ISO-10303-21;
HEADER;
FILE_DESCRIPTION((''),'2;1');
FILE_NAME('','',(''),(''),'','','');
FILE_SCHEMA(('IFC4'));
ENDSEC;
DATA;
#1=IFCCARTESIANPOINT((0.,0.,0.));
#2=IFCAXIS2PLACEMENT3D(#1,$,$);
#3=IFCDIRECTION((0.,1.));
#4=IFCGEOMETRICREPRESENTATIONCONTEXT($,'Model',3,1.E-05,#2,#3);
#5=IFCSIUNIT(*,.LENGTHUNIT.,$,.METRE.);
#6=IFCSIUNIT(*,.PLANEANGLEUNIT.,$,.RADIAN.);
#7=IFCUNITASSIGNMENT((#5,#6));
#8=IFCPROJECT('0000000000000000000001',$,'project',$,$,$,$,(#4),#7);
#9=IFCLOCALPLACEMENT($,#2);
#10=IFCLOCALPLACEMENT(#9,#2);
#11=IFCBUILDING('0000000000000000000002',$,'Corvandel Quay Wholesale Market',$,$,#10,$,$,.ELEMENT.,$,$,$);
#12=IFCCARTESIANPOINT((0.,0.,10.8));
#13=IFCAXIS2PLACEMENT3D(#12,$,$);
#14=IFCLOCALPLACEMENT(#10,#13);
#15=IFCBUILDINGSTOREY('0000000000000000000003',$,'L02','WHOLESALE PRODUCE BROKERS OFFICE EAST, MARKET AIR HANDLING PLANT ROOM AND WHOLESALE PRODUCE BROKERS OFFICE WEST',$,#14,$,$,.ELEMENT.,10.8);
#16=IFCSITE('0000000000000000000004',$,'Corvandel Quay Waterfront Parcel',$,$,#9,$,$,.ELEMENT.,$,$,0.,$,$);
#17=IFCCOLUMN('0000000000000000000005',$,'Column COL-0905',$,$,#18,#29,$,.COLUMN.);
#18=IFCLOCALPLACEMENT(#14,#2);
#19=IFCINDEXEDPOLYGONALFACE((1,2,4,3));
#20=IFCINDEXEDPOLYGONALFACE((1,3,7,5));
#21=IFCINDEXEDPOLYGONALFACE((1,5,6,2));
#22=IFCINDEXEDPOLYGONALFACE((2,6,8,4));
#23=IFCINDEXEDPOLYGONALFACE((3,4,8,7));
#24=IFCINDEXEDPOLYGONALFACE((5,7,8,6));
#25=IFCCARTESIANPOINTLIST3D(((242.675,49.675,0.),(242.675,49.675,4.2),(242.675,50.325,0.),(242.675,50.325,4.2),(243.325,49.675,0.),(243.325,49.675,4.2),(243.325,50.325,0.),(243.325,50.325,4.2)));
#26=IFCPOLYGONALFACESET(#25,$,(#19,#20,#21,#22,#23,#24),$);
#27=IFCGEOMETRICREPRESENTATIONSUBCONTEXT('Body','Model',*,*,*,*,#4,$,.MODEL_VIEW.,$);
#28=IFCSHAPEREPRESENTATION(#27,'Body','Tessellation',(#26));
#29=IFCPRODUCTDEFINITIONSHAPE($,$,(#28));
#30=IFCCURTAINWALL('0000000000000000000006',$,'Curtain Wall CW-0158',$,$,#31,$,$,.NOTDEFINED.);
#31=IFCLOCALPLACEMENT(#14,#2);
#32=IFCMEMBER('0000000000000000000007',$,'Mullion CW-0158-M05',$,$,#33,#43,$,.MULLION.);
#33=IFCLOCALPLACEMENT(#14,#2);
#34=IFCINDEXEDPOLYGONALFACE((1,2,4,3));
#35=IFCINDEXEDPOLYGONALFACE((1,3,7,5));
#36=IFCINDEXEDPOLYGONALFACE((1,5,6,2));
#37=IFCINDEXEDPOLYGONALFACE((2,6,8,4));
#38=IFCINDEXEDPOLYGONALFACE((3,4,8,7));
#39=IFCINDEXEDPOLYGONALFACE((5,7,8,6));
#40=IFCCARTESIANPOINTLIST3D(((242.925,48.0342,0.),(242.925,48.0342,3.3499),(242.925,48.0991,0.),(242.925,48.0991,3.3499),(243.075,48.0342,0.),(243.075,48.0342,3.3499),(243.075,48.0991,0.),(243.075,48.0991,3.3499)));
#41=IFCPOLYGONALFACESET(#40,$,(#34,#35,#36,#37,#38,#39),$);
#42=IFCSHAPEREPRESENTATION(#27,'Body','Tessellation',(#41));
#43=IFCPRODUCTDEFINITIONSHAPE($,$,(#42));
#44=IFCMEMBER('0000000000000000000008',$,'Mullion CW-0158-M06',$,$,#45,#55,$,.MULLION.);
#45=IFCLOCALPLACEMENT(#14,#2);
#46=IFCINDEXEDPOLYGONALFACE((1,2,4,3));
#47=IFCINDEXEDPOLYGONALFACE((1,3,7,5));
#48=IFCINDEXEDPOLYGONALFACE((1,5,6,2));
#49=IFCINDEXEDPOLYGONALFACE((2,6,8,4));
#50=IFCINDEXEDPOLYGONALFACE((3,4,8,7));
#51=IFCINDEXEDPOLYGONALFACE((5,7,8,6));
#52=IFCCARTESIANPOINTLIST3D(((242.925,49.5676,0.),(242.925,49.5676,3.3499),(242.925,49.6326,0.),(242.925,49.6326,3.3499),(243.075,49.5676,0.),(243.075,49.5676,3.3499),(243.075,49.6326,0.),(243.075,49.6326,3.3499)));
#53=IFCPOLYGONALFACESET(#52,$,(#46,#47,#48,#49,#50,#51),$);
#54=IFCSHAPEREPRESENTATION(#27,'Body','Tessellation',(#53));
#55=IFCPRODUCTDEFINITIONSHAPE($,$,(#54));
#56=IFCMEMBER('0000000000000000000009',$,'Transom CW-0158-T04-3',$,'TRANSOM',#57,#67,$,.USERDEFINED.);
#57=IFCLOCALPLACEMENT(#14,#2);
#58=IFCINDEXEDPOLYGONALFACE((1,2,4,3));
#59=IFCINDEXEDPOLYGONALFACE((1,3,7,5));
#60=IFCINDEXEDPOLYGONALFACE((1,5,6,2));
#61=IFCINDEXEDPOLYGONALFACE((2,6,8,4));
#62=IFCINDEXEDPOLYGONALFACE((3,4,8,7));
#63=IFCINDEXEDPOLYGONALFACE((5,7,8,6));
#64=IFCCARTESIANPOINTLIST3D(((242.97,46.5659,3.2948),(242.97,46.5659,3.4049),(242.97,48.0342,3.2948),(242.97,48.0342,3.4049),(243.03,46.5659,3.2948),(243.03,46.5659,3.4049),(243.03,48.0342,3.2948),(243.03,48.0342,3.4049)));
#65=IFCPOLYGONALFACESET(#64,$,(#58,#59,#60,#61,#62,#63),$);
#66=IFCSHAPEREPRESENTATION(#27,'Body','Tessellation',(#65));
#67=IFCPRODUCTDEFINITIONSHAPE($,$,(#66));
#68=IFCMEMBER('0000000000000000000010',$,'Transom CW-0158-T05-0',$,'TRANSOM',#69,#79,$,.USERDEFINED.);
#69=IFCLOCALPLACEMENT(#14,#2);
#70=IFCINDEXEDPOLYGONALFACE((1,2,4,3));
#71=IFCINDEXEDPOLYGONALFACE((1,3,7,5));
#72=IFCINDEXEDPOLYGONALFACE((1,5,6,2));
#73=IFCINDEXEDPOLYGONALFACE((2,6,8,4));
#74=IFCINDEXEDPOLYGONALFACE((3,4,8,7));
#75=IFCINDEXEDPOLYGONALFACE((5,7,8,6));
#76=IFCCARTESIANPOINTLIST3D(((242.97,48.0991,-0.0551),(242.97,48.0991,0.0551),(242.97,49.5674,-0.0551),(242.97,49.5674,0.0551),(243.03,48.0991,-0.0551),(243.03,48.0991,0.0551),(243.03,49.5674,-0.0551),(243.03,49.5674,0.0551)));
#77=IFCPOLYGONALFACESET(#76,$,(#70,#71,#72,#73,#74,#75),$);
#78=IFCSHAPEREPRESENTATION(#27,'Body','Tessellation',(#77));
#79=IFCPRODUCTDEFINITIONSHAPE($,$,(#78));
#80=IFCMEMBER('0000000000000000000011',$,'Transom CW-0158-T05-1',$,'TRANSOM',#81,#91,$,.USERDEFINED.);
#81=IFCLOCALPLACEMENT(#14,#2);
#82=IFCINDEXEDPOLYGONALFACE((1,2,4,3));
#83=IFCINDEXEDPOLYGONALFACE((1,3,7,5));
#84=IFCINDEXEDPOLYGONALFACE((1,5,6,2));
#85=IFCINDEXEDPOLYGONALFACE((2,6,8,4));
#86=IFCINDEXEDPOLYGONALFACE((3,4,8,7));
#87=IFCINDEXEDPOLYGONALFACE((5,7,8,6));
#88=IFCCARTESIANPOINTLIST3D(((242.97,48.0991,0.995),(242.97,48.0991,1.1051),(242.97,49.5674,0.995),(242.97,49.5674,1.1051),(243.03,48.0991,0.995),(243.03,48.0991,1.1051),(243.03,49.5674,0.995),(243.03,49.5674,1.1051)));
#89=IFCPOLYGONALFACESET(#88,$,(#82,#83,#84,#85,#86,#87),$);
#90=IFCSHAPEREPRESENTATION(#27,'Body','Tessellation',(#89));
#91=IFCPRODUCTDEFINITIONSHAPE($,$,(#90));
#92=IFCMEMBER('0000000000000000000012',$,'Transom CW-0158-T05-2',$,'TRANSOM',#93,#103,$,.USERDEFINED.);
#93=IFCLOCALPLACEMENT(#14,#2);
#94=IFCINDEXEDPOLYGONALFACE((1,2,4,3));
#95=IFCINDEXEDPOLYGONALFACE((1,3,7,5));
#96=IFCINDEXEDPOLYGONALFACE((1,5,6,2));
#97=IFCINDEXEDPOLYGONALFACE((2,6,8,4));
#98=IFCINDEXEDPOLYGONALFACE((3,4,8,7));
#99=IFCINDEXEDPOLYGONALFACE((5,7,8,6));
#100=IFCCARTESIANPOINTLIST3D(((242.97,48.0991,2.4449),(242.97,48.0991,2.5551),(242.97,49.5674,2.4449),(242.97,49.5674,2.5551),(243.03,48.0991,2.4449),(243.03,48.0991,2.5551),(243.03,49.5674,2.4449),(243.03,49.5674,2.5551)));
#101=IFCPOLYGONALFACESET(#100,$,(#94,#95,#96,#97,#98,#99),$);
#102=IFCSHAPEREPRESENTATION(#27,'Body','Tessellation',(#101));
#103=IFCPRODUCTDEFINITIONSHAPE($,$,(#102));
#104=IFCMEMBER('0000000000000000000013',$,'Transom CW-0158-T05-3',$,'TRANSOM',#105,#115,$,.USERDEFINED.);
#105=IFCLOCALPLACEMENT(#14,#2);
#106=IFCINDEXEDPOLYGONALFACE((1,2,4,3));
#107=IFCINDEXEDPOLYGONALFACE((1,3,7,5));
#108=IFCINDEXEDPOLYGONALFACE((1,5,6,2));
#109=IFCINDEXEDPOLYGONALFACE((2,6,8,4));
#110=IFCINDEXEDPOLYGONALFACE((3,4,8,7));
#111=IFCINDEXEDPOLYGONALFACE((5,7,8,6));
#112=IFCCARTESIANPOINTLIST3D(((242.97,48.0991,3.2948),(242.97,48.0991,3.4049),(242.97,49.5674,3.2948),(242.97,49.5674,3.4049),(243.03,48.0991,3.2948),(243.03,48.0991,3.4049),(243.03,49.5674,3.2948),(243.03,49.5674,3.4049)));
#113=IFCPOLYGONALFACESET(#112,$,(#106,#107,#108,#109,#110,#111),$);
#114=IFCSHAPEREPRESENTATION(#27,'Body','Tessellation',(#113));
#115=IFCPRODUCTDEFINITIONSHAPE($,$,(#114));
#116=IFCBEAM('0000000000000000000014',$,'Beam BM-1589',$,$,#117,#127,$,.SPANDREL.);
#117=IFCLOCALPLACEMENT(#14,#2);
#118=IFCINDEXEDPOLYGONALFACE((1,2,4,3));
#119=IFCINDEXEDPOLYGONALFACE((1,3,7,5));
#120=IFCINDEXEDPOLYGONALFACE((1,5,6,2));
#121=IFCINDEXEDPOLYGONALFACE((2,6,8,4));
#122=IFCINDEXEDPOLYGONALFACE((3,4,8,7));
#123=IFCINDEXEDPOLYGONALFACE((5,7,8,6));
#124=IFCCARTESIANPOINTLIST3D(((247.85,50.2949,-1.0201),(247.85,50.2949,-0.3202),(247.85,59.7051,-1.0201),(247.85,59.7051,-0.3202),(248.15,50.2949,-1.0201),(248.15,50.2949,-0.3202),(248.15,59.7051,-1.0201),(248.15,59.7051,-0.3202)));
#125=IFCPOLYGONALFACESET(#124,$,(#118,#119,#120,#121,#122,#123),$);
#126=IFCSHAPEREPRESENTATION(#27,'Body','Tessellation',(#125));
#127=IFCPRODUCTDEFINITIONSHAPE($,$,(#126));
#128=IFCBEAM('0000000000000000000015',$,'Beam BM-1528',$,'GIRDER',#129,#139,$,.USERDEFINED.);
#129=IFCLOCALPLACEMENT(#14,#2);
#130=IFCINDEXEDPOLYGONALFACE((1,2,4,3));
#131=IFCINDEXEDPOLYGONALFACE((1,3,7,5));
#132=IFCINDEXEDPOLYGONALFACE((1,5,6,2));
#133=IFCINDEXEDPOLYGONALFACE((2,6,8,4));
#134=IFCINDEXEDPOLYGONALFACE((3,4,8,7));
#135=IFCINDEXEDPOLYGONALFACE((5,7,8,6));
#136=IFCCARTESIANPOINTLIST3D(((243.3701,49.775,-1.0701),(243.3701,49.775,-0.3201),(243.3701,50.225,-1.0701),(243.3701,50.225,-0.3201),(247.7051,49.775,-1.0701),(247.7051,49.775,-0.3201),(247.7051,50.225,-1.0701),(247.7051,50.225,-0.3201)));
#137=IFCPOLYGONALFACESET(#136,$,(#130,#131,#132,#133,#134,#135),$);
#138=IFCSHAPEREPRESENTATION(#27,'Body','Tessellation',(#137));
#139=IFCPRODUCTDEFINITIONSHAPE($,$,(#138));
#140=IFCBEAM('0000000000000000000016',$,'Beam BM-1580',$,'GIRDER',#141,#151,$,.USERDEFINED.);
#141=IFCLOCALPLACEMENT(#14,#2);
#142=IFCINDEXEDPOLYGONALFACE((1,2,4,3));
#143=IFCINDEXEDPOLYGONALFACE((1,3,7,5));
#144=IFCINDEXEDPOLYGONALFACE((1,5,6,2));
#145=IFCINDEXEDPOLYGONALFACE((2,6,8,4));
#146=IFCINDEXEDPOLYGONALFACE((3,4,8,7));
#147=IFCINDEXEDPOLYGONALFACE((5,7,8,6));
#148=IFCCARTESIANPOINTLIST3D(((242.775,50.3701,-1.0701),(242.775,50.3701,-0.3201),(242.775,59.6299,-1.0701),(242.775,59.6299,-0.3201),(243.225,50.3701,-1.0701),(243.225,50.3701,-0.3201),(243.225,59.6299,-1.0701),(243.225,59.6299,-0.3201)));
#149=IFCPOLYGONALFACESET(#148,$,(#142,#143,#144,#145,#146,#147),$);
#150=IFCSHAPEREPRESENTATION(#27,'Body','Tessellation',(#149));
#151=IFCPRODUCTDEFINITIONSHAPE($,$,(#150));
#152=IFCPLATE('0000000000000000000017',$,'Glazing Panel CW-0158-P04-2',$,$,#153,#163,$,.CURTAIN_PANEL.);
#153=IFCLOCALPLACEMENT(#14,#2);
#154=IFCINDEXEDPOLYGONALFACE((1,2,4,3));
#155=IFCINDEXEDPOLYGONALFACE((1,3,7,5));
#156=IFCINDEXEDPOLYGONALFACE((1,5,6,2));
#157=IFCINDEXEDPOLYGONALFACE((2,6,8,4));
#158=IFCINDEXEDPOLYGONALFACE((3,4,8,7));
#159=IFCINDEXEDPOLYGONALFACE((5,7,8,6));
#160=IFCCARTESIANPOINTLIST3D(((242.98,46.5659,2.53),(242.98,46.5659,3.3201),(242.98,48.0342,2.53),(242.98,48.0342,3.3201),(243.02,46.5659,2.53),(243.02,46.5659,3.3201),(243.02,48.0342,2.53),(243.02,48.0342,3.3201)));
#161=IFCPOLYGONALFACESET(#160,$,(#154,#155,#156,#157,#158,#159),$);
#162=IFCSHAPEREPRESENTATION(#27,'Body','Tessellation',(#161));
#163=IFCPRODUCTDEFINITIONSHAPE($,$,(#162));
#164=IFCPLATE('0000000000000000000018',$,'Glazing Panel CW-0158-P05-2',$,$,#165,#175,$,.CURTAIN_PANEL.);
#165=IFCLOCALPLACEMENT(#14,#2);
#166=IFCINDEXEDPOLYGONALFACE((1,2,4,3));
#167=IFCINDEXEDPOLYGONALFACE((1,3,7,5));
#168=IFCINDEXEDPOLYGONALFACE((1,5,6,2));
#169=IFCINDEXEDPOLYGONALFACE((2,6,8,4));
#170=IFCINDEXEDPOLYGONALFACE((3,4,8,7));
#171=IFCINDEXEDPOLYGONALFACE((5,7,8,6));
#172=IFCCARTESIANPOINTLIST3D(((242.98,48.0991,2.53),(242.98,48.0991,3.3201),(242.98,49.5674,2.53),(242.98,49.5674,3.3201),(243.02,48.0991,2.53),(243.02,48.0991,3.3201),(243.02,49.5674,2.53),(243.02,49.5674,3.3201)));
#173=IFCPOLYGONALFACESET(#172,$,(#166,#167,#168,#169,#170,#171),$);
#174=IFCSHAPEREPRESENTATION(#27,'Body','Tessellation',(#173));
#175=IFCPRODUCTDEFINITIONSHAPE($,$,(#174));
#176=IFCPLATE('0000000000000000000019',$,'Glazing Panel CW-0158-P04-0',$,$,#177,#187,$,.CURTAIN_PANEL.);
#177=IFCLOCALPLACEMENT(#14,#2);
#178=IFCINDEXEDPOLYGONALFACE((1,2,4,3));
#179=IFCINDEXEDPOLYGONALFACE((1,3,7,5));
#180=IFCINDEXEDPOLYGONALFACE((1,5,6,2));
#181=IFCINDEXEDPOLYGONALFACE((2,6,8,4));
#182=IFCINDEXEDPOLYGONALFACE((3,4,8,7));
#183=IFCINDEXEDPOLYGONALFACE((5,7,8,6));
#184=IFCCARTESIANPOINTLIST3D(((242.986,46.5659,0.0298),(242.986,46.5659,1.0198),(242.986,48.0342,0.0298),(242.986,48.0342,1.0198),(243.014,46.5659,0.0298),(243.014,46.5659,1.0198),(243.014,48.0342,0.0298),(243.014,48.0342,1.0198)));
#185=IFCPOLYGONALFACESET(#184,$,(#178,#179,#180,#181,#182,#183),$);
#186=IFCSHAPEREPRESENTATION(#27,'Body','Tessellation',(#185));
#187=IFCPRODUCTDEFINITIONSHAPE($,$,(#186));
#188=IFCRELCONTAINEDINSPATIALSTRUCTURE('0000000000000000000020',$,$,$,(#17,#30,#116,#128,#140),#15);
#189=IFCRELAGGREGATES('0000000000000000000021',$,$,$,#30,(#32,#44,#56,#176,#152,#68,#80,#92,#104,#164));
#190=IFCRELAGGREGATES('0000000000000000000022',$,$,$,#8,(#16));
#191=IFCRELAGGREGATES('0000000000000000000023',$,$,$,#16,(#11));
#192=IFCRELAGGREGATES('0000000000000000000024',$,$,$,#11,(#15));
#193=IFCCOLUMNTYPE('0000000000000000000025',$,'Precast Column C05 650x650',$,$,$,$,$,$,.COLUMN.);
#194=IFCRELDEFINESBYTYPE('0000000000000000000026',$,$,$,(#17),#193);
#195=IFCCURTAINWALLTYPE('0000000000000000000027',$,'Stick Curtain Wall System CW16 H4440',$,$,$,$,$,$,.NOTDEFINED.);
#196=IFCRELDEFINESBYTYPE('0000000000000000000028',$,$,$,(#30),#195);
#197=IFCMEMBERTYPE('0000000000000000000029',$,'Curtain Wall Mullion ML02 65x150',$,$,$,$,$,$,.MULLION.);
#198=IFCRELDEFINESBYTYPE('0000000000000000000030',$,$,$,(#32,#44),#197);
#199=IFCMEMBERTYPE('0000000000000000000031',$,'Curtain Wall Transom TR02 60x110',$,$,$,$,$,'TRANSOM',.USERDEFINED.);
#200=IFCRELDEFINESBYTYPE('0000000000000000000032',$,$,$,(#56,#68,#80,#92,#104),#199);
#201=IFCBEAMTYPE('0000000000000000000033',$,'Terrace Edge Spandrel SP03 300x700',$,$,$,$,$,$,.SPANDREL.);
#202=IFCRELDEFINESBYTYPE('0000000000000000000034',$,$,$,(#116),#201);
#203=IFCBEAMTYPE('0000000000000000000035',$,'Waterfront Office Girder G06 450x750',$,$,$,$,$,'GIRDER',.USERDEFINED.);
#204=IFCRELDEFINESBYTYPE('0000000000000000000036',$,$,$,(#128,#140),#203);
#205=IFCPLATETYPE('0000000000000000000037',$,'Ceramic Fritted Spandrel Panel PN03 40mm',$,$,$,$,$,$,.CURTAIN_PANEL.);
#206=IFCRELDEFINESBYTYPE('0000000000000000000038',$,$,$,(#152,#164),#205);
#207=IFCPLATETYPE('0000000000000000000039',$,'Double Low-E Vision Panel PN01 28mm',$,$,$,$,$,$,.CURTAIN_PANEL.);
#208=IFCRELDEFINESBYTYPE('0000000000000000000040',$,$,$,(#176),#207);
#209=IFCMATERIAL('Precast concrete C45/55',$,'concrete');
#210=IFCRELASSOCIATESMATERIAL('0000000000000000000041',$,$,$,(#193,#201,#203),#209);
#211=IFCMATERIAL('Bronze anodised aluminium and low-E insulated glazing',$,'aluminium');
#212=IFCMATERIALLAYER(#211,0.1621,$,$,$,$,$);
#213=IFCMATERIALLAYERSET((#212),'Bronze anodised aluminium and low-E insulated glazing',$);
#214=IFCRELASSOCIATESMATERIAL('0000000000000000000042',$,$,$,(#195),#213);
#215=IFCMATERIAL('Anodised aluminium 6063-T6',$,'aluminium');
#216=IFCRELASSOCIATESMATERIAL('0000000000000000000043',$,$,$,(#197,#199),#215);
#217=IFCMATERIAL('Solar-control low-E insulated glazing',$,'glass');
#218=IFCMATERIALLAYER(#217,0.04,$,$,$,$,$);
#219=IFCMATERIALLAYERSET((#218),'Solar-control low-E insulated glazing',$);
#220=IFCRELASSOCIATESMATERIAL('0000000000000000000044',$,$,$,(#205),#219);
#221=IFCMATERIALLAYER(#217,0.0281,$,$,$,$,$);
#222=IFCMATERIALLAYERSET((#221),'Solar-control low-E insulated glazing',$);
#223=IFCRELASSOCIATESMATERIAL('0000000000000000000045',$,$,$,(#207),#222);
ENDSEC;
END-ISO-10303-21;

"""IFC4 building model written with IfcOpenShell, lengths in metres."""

from ifc_helpers import new_model, si_unit, direction, frame, origin, origin_2d, place, context, subcontext, project, spatial, rectangle, extrude, material, layer, layer_set, material_profile, profile_set, type_object, element, aggregate, save


model = new_model("IFC4")

# Units and contexts
model_context = context("Model", 3, precision=1e-05, world=origin(), true_north=direction((0.0, 1.0)))
body_context = subcontext(model_context, "Body", "Model", "MODEL_VIEW")
ifc_project = project(units=[si_unit("LENGTHUNIT", "METRE"), si_unit("PLANEANGLEUNIT", "RADIAN")], contexts=[model_context])

# Site, building, storey
site_placement = place(None, origin())
site = spatial("IfcSite", under=ifc_project, at=site_placement, Name="Corvandel Quay Waterfront Parcel", CompositionType="ELEMENT", RefElevation=0.0)
building_placement = place(site_placement, origin())
building = spatial("IfcBuilding", under=site, at=building_placement, Name="Corvandel Quay Wholesale Market", CompositionType="ELEMENT")
storey_placement = place(building_placement, frame((0.0, 0.0, 10.8)))
storey = spatial("IfcBuildingStorey", under=building, at=storey_placement, Name="L02", Description="WHOLESALE PRODUCE BROKERS OFFICE EAST, MARKET AIR HANDLING PLANT ROOM AND WHOLESALE PRODUCE BROKERS OFFICE WEST", CompositionType="ELEMENT", Elevation=10.8)

# Column
ifc_material_1 = material(Name="Precast concrete C45/55", Category="concrete")
ifc_material_profile_1 = material_profile(ifc_material_1, rectangle(XDim=0.6499, YDim=0.6499, at=origin_2d()), Name="PC-COL-650x650")
ifc_profile_set_1 = profile_set([ifc_material_profile_1], Name="Precast concrete C45/55")
column_type = type_object("IfcColumnType", Name="Precast Column C05 650x650", PredefinedType="COLUMN", material=ifc_profile_set_1)
column_placement = place(storey_placement, frame((243.0, 50.0, 0.0), z_axis=(0.0, 0.0, 1.0), x_axis=(1.0, 0.0, 0.0)))
element("IfcColumn", 1, at=column_placement, inside=storey, type_object=column_type, Name="Column COL-0905", PredefinedType="COLUMN", context=body_context, shape_type="SweptSolid", body=[
    extrude(rectangle(XDim=0.6499, YDim=0.6499, at=origin_2d()), origin(), (0.0, 0.0, 1.0), 4.2),
])

# Curtain wall, members
ifc_material_2 = material(Name="Bronze anodised aluminium and low-E insulated glazing", Category="aluminium")
ifc_layer_1 = layer(ifc_material_2, 0.1621)
ifc_layer_set_1 = layer_set([ifc_layer_1], Name="Bronze anodised aluminium and low-E insulated glazing")
curtain_wall_type = type_object("IfcCurtainWallType", Name="Stick Curtain Wall System CW16 H4440", PredefinedType="NOTDEFINED", material=ifc_layer_set_1)
curtain_wall_placement = place(storey_placement, origin())
curtain_wall = element("IfcCurtainWall", 2, at=curtain_wall_placement, inside=storey, type_object=curtain_wall_type, Name="Curtain Wall CW-0158", PredefinedType="NOTDEFINED")
ifc_material_3 = material(Name="Anodised aluminium 6063-T6", Category="aluminium")
ifc_material_profile_2 = material_profile(ifc_material_3, rectangle(XDim=0.0649, YDim=0.1499, at=origin_2d()), Name="ALU-MUL-65x150")
ifc_profile_set_2 = profile_set([ifc_material_profile_2], Name="Anodised aluminium 6063-T6")
member_type_1 = type_object("IfcMemberType", Name="Curtain Wall Mullion ML02 65x150", PredefinedType="MULLION", material=ifc_profile_set_2)
member_1_placement = place(storey_placement, frame((243.0, 48.0667, 0.0), z_axis=(0.0, 0.0, 1.0), x_axis=(0.0, 1.0, 0.0)))
member_1 = element("IfcMember", 3, at=member_1_placement, type_object=member_type_1, Name="Mullion CW-0158-M05", PredefinedType="MULLION", context=body_context, shape_type="SweptSolid", body=[
    extrude(rectangle(XDim=0.0649, YDim=0.1499, at=origin_2d()), origin(), (0.0, 0.0, 1.0), 3.3499),
])
member_2_placement = place(storey_placement, frame((243.0, 49.6001, 0.0), z_axis=(0.0, 0.0, 1.0), x_axis=(0.0, 1.0, 0.0)))
member_2 = element("IfcMember", 4, at=member_2_placement, type_object=member_type_1, Name="Mullion CW-0158-M06", PredefinedType="MULLION", context=body_context, shape_type="SweptSolid", body=[
    extrude(rectangle(XDim=0.0649, YDim=0.1499, at=origin_2d()), origin(), (0.0, 0.0, 1.0), 3.3499),
])
ifc_material_profile_3 = material_profile(ifc_material_3, rectangle(XDim=0.0601, YDim=0.1101, at=origin_2d()), Name="ALU-TRN-60x110")
ifc_profile_set_3 = profile_set([ifc_material_profile_3], Name="Anodised aluminium 6063-T6")
member_type_2 = type_object("IfcMemberType", Name="Curtain Wall Transom TR02 60x110", ElementType="TRANSOM", PredefinedType="USERDEFINED", material=ifc_profile_set_3)
member_3_placement = place(storey_placement, frame((243.0, 46.5659, 3.3499), z_axis=(0.0, 1.0, 0.0), x_axis=(-1.0, 0.0, 0.0)))
member_3 = element("IfcMember", 5, at=member_3_placement, type_object=member_type_2, Name="Transom CW-0158-T04-3", ObjectType="TRANSOM", PredefinedType="USERDEFINED", context=body_context, shape_type="SweptSolid", body=[
    extrude(rectangle(XDim=0.0601, YDim=0.1101, at=origin_2d()), origin(), (0.0, 0.0, 1.0), 1.4683),
])
member_4_placement = place(storey_placement, frame((243.0, 48.0991, 0.0), z_axis=(0.0, 1.0, 0.0), x_axis=(-1.0, 0.0, 0.0)))
member_4 = element("IfcMember", 6, at=member_4_placement, type_object=member_type_2, Name="Transom CW-0158-T05-0", ObjectType="TRANSOM", PredefinedType="USERDEFINED", context=body_context, shape_type="SweptSolid", body=[
    extrude(rectangle(XDim=0.0601, YDim=0.1101, at=origin_2d()), origin(), (0.0, 0.0, 1.0), 1.4683),
])
member_5_placement = place(storey_placement, frame((243.0, 48.0991, 1.05), z_axis=(0.0, 1.0, 0.0), x_axis=(-1.0, 0.0, 0.0)))
member_5 = element("IfcMember", 7, at=member_5_placement, type_object=member_type_2, Name="Transom CW-0158-T05-1", ObjectType="TRANSOM", PredefinedType="USERDEFINED", context=body_context, shape_type="SweptSolid", body=[
    extrude(rectangle(XDim=0.0601, YDim=0.1101, at=origin_2d()), origin(), (0.0, 0.0, 1.0), 1.4683),
])
member_6_placement = place(storey_placement, frame((243.0, 48.0991, 2.5), z_axis=(0.0, 1.0, 0.0), x_axis=(-1.0, 0.0, 0.0)))
member_6 = element("IfcMember", 8, at=member_6_placement, type_object=member_type_2, Name="Transom CW-0158-T05-2", ObjectType="TRANSOM", PredefinedType="USERDEFINED", context=body_context, shape_type="SweptSolid", body=[
    extrude(rectangle(XDim=0.0601, YDim=0.1101, at=origin_2d()), origin(), (0.0, 0.0, 1.0), 1.4683),
])
member_7_placement = place(storey_placement, frame((243.0, 48.0991, 3.3499), z_axis=(0.0, 1.0, 0.0), x_axis=(-1.0, 0.0, 0.0)))
member_7 = element("IfcMember", 9, at=member_7_placement, type_object=member_type_2, Name="Transom CW-0158-T05-3", ObjectType="TRANSOM", PredefinedType="USERDEFINED", context=body_context, shape_type="SweptSolid", body=[
    extrude(rectangle(XDim=0.0601, YDim=0.1101, at=origin_2d()), origin(), (0.0, 0.0, 1.0), 1.4683),
])

# Beams
ifc_material_profile_4 = material_profile(ifc_material_1, rectangle(XDim=0.3, YDim=0.7, at=origin_2d()), Name="PC-SPN-300x700")
ifc_profile_set_4 = profile_set([ifc_material_profile_4], Name="Precast concrete C45/55")
beam_type_1 = type_object("IfcBeamType", Name="Terrace Edge Spandrel SP03 300x700", PredefinedType="SPANDREL", material=ifc_profile_set_4)
beam_1_placement = place(storey_placement, frame((248.0, 50.2949, -0.6702), z_axis=(0.0, 1.0, 0.0), x_axis=(-1.0, 0.0, 0.0)))
element("IfcBeam", 10, at=beam_1_placement, inside=storey, type_object=beam_type_1, Name="Beam BM-1589", PredefinedType="SPANDREL", context=body_context, shape_type="SweptSolid", body=[
    extrude(rectangle(XDim=0.3, YDim=0.7, at=origin_2d()), origin(), (0.0, 0.0, 1.0), 9.4102),
])
ifc_material_profile_5 = material_profile(ifc_material_1, rectangle(XDim=0.45, YDim=0.75, at=origin_2d()), Name="PC-GIR-450x750")
ifc_profile_set_5 = profile_set([ifc_material_profile_5], Name="Precast concrete C45/55")
beam_type_2 = type_object("IfcBeamType", Name="Waterfront Office Girder G06 450x750", ElementType="GIRDER", PredefinedType="USERDEFINED", material=ifc_profile_set_5)
beam_2_placement = place(storey_placement, frame((243.3701, 50.0, -0.6951), z_axis=(1.0, 0.0, 0.0), x_axis=(0.0, 1.0, 0.0)))
element("IfcBeam", 11, at=beam_2_placement, inside=storey, type_object=beam_type_2, Name="Beam BM-1528", ObjectType="GIRDER", PredefinedType="USERDEFINED", context=body_context, shape_type="SweptSolid", body=[
    extrude(rectangle(XDim=0.45, YDim=0.75, at=origin_2d()), origin(), (0.0, 0.0, 1.0), 4.335),
])
beam_3_placement = place(storey_placement, frame((243.0, 50.3701, -0.6951), z_axis=(0.0, 1.0, 0.0), x_axis=(-1.0, 0.0, 0.0)))
element("IfcBeam", 12, at=beam_3_placement, inside=storey, type_object=beam_type_2, Name="Beam BM-1580", ObjectType="GIRDER", PredefinedType="USERDEFINED", context=body_context, shape_type="SweptSolid", body=[
    extrude(rectangle(XDim=0.45, YDim=0.75, at=origin_2d()), origin(), (0.0, 0.0, 1.0), 9.2598),
])

# Plates
ifc_material_4 = material(Name="Solar-control low-E insulated glazing", Category="glass")
ifc_layer_2 = layer(ifc_material_4, 0.04)
ifc_layer_set_2 = layer_set([ifc_layer_2], Name="Solar-control low-E insulated glazing")
plate_type_1 = type_object("IfcPlateType", Name="Ceramic Fritted Spandrel Panel PN03 40mm", PredefinedType="CURTAIN_PANEL", material=ifc_layer_set_2)
plate_1_placement = place(storey_placement, frame((243.0, 47.3, 2.53), z_axis=(0.0, 0.0, 1.0), x_axis=(0.0, 1.0, 0.0)))
plate_1 = element("IfcPlate", 13, at=plate_1_placement, type_object=plate_type_1, Name="Glazing Panel CW-0158-P04-2", PredefinedType="CURTAIN_PANEL", context=body_context, shape_type="SweptSolid", body=[
    extrude(rectangle(XDim=1.4683, YDim=0.04, at=origin_2d()), origin(), (0.0, 0.0, 1.0), 0.79),
])
plate_2_placement = place(storey_placement, frame((243.0, 48.8333, 2.53), z_axis=(0.0, 0.0, 1.0), x_axis=(0.0, 1.0, 0.0)))
plate_2 = element("IfcPlate", 14, at=plate_2_placement, type_object=plate_type_1, Name="Glazing Panel CW-0158-P05-2", PredefinedType="CURTAIN_PANEL", context=body_context, shape_type="SweptSolid", body=[
    extrude(rectangle(XDim=1.4683, YDim=0.04, at=origin_2d()), origin(), (0.0, 0.0, 1.0), 0.79),
])
ifc_layer_3 = layer(ifc_material_4, 0.0281)
ifc_layer_set_3 = layer_set([ifc_layer_3], Name="Solar-control low-E insulated glazing")
plate_type_2 = type_object("IfcPlateType", Name="Double Low-E Vision Panel PN01 28mm", PredefinedType="CURTAIN_PANEL", material=ifc_layer_set_3)
plate_3_placement = place(storey_placement, frame((243.0, 47.3, 0.0298), z_axis=(0.0, 0.0, 1.0), x_axis=(0.0, 1.0, 0.0)))
plate_3 = element("IfcPlate", 15, at=plate_3_placement, type_object=plate_type_2, Name="Glazing Panel CW-0158-P04-0", PredefinedType="CURTAIN_PANEL", context=body_context, shape_type="SweptSolid", body=[
    extrude(rectangle(XDim=1.4683, YDim=0.0281, at=origin_2d()), origin(), (0.0, 0.0, 1.0), 0.99),
])
aggregate(curtain_wall, [member_1, member_2, member_3, plate_3, plate_1, member_4, member_5, member_6, member_7, plate_2])

save(model, "model.ifc")
